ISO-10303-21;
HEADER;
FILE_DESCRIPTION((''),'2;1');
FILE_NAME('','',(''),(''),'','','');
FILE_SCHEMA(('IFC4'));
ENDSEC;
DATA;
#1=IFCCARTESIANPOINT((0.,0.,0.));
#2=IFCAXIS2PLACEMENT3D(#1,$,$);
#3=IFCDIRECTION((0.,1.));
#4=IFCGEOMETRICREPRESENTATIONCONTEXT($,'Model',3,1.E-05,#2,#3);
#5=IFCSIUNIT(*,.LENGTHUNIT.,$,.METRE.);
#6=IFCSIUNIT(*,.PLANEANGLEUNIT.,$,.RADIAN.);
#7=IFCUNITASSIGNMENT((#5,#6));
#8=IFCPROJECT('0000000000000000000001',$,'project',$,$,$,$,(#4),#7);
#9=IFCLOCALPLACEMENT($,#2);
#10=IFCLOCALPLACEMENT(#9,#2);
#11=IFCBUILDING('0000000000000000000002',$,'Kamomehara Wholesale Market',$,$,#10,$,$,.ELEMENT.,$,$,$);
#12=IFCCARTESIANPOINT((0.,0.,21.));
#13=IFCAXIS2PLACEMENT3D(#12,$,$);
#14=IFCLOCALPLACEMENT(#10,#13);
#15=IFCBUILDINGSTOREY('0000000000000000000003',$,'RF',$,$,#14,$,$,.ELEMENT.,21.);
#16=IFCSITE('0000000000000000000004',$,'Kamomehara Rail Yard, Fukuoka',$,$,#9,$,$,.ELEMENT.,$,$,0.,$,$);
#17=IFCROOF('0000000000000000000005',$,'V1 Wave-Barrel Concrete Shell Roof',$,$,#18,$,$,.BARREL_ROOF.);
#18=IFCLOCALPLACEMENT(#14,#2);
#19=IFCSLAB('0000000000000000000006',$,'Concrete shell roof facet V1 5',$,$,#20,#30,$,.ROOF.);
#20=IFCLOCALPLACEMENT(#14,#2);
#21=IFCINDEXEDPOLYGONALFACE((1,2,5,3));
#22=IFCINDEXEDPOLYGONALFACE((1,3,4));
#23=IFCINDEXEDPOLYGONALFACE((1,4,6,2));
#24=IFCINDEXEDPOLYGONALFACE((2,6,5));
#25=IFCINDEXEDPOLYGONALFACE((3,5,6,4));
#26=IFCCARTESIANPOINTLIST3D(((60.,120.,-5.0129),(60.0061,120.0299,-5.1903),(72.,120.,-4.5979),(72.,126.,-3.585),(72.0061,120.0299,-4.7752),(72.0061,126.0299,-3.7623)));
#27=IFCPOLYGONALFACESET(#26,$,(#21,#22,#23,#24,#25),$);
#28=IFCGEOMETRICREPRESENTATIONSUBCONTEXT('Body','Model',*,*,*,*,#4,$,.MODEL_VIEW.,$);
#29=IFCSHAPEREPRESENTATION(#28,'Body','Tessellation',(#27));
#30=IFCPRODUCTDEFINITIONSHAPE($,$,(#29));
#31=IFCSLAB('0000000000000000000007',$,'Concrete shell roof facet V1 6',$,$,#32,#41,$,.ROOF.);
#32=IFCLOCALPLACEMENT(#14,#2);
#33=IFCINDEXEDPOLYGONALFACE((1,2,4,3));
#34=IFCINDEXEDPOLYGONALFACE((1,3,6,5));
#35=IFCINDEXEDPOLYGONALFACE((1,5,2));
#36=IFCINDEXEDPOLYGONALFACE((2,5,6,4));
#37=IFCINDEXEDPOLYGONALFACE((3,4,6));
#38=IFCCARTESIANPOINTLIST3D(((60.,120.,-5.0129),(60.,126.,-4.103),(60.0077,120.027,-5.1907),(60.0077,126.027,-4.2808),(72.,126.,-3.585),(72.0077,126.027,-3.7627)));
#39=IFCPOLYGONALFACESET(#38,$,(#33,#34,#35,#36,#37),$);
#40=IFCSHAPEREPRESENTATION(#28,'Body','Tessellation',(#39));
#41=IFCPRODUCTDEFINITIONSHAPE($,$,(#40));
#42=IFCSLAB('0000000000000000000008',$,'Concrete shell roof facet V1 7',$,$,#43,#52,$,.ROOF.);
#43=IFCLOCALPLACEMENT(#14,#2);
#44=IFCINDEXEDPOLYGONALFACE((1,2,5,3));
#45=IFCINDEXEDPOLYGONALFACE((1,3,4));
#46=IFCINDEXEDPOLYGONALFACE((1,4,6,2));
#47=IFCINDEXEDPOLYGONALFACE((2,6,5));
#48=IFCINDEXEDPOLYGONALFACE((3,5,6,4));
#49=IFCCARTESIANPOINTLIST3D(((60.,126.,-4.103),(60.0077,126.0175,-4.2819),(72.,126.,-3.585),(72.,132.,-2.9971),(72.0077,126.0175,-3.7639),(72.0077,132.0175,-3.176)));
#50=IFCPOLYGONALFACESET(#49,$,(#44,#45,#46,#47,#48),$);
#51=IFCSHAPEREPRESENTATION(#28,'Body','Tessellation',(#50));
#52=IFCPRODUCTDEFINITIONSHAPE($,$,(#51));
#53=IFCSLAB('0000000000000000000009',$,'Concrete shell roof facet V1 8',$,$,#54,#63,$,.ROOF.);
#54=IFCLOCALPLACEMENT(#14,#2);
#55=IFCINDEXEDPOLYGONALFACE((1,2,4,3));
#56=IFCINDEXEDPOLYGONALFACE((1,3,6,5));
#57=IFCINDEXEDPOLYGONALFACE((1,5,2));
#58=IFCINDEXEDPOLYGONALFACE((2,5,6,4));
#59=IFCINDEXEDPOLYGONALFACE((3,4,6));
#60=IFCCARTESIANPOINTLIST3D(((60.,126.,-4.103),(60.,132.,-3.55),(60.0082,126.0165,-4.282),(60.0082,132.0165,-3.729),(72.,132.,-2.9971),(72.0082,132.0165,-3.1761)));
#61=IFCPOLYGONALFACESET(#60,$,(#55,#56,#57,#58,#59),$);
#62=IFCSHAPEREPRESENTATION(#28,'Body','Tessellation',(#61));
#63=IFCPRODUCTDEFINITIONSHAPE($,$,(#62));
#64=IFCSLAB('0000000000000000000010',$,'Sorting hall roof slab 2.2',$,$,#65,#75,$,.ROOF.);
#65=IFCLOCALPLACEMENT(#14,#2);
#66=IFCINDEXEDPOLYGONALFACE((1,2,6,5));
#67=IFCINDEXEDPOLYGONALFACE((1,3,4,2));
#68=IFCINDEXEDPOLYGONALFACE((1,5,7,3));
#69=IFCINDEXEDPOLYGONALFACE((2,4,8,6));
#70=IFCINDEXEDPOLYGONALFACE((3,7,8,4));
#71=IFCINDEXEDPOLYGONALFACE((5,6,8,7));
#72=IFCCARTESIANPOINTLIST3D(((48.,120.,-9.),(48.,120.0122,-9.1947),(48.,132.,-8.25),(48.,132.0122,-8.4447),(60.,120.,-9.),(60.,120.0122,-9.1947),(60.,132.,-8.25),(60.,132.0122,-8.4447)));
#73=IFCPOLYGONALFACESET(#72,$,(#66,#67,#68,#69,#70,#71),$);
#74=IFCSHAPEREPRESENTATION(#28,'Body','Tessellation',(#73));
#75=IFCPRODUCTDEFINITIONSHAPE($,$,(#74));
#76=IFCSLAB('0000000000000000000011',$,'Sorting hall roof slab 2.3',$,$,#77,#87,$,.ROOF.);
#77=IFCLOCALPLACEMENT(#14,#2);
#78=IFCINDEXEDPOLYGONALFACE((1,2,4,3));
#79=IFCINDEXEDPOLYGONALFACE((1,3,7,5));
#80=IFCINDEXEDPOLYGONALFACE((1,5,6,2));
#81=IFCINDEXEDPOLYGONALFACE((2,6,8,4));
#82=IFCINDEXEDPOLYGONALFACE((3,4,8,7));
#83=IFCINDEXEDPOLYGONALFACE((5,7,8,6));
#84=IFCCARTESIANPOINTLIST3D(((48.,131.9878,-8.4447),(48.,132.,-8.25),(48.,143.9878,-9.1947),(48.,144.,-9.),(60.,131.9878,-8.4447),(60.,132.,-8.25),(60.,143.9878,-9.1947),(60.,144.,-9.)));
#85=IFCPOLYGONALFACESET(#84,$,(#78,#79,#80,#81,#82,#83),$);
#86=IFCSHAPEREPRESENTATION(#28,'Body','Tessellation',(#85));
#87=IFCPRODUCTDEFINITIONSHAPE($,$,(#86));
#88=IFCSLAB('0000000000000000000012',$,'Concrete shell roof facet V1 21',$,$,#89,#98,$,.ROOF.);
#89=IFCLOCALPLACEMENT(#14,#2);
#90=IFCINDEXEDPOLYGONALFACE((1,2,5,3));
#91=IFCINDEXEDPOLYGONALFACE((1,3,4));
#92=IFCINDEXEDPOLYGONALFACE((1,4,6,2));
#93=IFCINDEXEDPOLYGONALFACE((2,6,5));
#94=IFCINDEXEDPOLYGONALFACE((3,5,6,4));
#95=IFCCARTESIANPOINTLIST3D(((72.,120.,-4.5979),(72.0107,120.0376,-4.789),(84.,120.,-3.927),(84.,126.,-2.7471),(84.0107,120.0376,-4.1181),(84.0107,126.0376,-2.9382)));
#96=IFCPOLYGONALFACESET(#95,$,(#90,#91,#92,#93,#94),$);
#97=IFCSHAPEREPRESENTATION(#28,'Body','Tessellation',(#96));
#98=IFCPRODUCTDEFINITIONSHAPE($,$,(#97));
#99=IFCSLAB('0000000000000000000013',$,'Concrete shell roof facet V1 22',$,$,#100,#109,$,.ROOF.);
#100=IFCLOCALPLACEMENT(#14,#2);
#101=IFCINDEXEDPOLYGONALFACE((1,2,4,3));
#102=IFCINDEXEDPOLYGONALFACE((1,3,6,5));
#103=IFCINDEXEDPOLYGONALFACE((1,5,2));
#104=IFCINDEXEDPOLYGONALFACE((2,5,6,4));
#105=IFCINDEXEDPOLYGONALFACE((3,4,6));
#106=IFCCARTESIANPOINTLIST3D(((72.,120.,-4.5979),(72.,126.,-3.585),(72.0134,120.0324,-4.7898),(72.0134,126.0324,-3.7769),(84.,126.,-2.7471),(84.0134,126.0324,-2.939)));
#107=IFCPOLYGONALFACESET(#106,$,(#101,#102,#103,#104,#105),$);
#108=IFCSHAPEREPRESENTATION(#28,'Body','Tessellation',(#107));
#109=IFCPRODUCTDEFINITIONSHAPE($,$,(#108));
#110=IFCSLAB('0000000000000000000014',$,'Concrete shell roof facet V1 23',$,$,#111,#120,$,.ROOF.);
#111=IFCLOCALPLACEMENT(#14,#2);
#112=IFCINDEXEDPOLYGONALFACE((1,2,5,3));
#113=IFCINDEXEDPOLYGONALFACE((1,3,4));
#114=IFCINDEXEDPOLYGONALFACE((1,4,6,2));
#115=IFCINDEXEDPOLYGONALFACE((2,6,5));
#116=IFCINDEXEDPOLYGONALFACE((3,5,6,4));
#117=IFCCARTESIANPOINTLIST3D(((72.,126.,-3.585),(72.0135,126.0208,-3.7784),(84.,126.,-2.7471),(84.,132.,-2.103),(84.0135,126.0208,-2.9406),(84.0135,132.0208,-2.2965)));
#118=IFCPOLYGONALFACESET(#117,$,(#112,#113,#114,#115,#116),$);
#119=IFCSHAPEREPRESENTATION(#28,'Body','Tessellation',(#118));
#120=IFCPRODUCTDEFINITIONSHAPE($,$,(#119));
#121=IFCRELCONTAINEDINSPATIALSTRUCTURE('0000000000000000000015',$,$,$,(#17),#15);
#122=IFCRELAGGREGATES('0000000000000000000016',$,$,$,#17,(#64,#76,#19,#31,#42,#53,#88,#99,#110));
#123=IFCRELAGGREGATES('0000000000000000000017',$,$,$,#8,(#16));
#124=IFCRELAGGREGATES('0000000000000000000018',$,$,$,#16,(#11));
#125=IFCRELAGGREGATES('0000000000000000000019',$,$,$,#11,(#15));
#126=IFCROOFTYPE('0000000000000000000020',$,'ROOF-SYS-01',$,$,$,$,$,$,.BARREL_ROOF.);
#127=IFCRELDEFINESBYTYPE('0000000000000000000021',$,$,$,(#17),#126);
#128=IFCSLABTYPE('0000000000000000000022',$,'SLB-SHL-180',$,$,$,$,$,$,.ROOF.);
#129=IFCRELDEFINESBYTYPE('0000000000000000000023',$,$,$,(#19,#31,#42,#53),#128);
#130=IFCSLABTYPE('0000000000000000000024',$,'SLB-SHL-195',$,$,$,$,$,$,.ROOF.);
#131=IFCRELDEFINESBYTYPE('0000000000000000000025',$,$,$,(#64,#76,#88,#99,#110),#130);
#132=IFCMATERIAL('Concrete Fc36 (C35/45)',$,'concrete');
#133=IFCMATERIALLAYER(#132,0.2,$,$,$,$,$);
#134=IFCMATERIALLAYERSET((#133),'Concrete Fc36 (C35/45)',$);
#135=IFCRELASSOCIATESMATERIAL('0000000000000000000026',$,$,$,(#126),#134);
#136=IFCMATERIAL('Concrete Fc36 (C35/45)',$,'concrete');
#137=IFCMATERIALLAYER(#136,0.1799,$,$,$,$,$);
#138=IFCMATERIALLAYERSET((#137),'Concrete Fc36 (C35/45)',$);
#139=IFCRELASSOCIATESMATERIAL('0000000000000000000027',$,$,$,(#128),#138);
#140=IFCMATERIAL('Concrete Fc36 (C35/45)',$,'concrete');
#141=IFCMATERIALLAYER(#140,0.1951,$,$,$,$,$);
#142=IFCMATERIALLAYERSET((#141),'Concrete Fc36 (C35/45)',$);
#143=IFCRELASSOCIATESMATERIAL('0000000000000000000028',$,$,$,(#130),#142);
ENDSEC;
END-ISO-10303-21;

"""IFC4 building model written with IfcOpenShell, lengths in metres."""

from ifc_helpers import new_model, si_unit, direction, frame, origin, place, context, subcontext, project, spatial, polyline, outline, extrude, material, layer, layer_set, type_object, element, aggregate, save


model = new_model("IFC4")

# Units and contexts
model_context = context("Model", 3, precision=1e-05, world=origin(), true_north=direction((0.0, 1.0)))
body_context = subcontext(model_context, "Body", "Model", "MODEL_VIEW")
ifc_project = project(units=[si_unit("LENGTHUNIT", "METRE"), si_unit("PLANEANGLEUNIT", "RADIAN")], contexts=[model_context])

# Site, building, storey
site_placement = place(None, origin())
site = spatial("IfcSite", under=ifc_project, at=site_placement, Name="Kamomehara Rail Yard, Fukuoka", CompositionType="ELEMENT", RefElevation=0.0)
building_placement = place(site_placement, origin())
building = spatial("IfcBuilding", under=site, at=building_placement, Name="Kamomehara Wholesale Market", CompositionType="ELEMENT")
storey_placement = place(building_placement, frame((0.0, 0.0, 21.0)))
storey = spatial("IfcBuildingStorey", under=building, at=storey_placement, Name="RF", CompositionType="ELEMENT", Elevation=21.0)

# Roof, slabs
ifc_material_1 = material(Name="Concrete Fc36 (C35/45)", Category="concrete")
ifc_layer_1 = layer(ifc_material_1, 0.2)
ifc_layer_set_1 = layer_set([ifc_layer_1], Name="Concrete Fc36 (C35/45)")
roof_type = type_object("IfcRoofType", Name="ROOF-SYS-01", PredefinedType="BARREL_ROOF", material=ifc_layer_set_1)
roof_placement = place(storey_placement, origin())
roof = element("IfcRoof", 1, at=roof_placement, inside=storey, type_object=roof_type, Name="V1 Wave-Barrel Concrete Shell Roof", PredefinedType="BARREL_ROOF")
ifc_material_2 = material(Name="Concrete Fc36 (C35/45)", Category="concrete")
ifc_layer_2 = layer(ifc_material_2, 0.1799)
ifc_layer_set_2 = layer_set([ifc_layer_2], Name="Concrete Fc36 (C35/45)")
slab_type_1 = type_object("IfcSlabType", Name="SLB-SHL-180", PredefinedType="ROOF", material=ifc_layer_set_2)
slab_1_placement = place(storey_placement, frame((60.0, 120.0, -5.0129), z_axis=(-0.034084, -0.166371, 0.985474), x_axis=(0.999402, 0.0, 0.034566)))
slab_1 = element("IfcSlab", 2, at=slab_1_placement, type_object=slab_type_1, Name="Concrete shell roof facet V1 5", PredefinedType="ROOF", context=body_context, shape_type="SweptSolid", body=[
    extrude(outline(polyline([(0.0, 0.0), (12.0072, 0.0), (12.0422, 6.0848), (0.0, 0.0)])), origin(), (0.0, 0.0, -1.0), 0.1799),
])
slab_2_placement = place(storey_placement, frame((60.0, 120.0, -5.0129), z_axis=(-0.042645, -0.149801, 0.987796), x_axis=(0.889404, 0.444702, 0.105837)))
slab_2 = element("IfcSlab", 3, at=slab_2_placement, type_object=slab_type_1, Name="Concrete shell roof facet V1 6", PredefinedType="ROOF", context=body_context, shape_type="SweptSolid", body=[
    extrude(outline(polyline([(0.0, 0.0), (13.4922, 0.0), (2.7645, 5.4024), (0.0, 0.0)])), origin(), (0.0, 0.0, -1.0), 0.1799),
])
slab_3_placement = place(storey_placement, frame((60.0, 126.0, -4.103), z_axis=(-0.042927, -0.097425, 0.994317), x_axis=(0.999069, 0.0, 0.043132)))
slab_3 = element("IfcSlab", 4, at=slab_3_placement, type_object=slab_type_1, Name="Concrete shell roof facet V1 7", PredefinedType="ROOF", context=body_context, shape_type="SweptSolid", body=[
    extrude(outline(polyline([(0.0, 0.0), (12.0112, 0.0), (12.0365, 6.0287), (0.0, 0.0)])), origin(), (0.0, 0.0, -1.0), 0.1799),
])
slab_4_placement = place(storey_placement, frame((60.0, 126.0, -4.103), z_axis=(-0.045839, -0.091678, 0.994733), x_axis=(0.891404, 0.445702, 0.082155)))
slab_4 = element("IfcSlab", 5, at=slab_4_placement, type_object=slab_type_1, Name="Concrete shell roof facet V1 8", PredefinedType="ROOF", context=body_context, shape_type="SweptSolid", body=[
    extrude(outline(polyline([(0.0, 0.0), (13.4619, 0.0), (2.7196, 5.3767), (0.0, 0.0)])), origin(), (0.0, 0.0, -1.0), 0.1799),
])
ifc_material_3 = material(Name="Concrete Fc36 (C35/45)", Category="concrete")
ifc_layer_3 = layer(ifc_material_3, 0.1951)
ifc_layer_set_3 = layer_set([ifc_layer_3], Name="Concrete Fc36 (C35/45)")
slab_type_2 = type_object("IfcSlabType", Name="SLB-SHL-195", PredefinedType="ROOF", material=ifc_layer_set_3)
slab_5_placement = place(storey_placement, frame((48.0, 120.0, -9.0), z_axis=(0.0, -0.062378, 0.998053), x_axis=(1.0, 0.0, 0.0)))
slab_5 = element("IfcSlab", 6, at=slab_5_placement, type_object=slab_type_2, Name="Sorting hall roof slab 2.2", PredefinedType="ROOF", context=body_context, shape_type="SweptSolid", body=[
    extrude(outline(polyline([(0.0, 0.0), (12.0, 0.0), (12.0, 12.0234), (0.0, 12.0234), (0.0, 0.0)])), origin(), (0.0, 0.0, -1.0), 0.1951),
])
slab_6_placement = place(storey_placement, frame((48.0, 132.0, -8.25), z_axis=(0.0, 0.062378, 0.998053), x_axis=(1.0, 0.0, 0.0)))
slab_6 = element("IfcSlab", 7, at=slab_6_placement, type_object=slab_type_2, Name="Sorting hall roof slab 2.3", PredefinedType="ROOF", context=body_context, shape_type="SweptSolid", body=[
    extrude(outline(polyline([(0.0, 0.0), (12.0, 0.0), (12.0, 12.0234), (0.0, 12.0234), (0.0, 0.0)])), origin(), (0.0, 0.0, -1.0), 0.1951),
])
slab_7_placement = place(storey_placement, frame((72.0, 120.0, -4.5979), z_axis=(-0.054775, -0.19267, 0.979734), x_axis=(0.998441, 0.0, 0.055821)))
slab_7 = element("IfcSlab", 8, at=slab_7_placement, type_object=slab_type_2, Name="Concrete shell roof facet V1 21", PredefinedType="ROOF", context=body_context, shape_type="SweptSolid", body=[
    extrude(outline(polyline([(0.0, 0.0), (12.0187, 0.0), (12.0846, 6.1146), (0.0, 0.0)])), origin(), (0.0, 0.0, -1.0), 0.1951),
])
slab_8_placement = place(storey_placement, frame((72.0, 120.0, -4.5979), z_axis=(-0.068687, -0.166074, 0.983718), x_axis=(0.886036, 0.443018, 0.136658)))
slab_8 = element("IfcSlab", 9, at=slab_8_placement, type_object=slab_type_2, Name="Concrete shell roof facet V1 22", PredefinedType="ROOF", context=body_context, shape_type="SweptSolid", body=[
    extrude(outline(polyline([(0.0, 0.0), (13.5435, 0.0), (2.7965, 5.4042), (0.0, 0.0)])), origin(), (0.0, 0.0, -1.0), 0.1951),
])
slab_9_placement = place(storey_placement, frame((72.0, 126.0, -3.585), z_axis=(-0.069259, -0.106471, 0.991901), x_axis=(0.997571, 0.0, 0.069655)))
slab_9 = element("IfcSlab", 10, at=slab_9_placement, type_object=slab_type_2, Name="Concrete shell roof facet V1 23", PredefinedType="ROOF", context=body_context, shape_type="SweptSolid", body=[
    extrude(outline(polyline([(0.0, 0.0), (12.0292, 0.0), (12.0741, 6.0343), (0.0, 0.0)])), origin(), (0.0, 0.0, -1.0), 0.1951),
])
aggregate(roof, [slab_5, slab_6, slab_1, slab_2, slab_3, slab_4, slab_7, slab_8, slab_9])

save(model, "model.ifc")
